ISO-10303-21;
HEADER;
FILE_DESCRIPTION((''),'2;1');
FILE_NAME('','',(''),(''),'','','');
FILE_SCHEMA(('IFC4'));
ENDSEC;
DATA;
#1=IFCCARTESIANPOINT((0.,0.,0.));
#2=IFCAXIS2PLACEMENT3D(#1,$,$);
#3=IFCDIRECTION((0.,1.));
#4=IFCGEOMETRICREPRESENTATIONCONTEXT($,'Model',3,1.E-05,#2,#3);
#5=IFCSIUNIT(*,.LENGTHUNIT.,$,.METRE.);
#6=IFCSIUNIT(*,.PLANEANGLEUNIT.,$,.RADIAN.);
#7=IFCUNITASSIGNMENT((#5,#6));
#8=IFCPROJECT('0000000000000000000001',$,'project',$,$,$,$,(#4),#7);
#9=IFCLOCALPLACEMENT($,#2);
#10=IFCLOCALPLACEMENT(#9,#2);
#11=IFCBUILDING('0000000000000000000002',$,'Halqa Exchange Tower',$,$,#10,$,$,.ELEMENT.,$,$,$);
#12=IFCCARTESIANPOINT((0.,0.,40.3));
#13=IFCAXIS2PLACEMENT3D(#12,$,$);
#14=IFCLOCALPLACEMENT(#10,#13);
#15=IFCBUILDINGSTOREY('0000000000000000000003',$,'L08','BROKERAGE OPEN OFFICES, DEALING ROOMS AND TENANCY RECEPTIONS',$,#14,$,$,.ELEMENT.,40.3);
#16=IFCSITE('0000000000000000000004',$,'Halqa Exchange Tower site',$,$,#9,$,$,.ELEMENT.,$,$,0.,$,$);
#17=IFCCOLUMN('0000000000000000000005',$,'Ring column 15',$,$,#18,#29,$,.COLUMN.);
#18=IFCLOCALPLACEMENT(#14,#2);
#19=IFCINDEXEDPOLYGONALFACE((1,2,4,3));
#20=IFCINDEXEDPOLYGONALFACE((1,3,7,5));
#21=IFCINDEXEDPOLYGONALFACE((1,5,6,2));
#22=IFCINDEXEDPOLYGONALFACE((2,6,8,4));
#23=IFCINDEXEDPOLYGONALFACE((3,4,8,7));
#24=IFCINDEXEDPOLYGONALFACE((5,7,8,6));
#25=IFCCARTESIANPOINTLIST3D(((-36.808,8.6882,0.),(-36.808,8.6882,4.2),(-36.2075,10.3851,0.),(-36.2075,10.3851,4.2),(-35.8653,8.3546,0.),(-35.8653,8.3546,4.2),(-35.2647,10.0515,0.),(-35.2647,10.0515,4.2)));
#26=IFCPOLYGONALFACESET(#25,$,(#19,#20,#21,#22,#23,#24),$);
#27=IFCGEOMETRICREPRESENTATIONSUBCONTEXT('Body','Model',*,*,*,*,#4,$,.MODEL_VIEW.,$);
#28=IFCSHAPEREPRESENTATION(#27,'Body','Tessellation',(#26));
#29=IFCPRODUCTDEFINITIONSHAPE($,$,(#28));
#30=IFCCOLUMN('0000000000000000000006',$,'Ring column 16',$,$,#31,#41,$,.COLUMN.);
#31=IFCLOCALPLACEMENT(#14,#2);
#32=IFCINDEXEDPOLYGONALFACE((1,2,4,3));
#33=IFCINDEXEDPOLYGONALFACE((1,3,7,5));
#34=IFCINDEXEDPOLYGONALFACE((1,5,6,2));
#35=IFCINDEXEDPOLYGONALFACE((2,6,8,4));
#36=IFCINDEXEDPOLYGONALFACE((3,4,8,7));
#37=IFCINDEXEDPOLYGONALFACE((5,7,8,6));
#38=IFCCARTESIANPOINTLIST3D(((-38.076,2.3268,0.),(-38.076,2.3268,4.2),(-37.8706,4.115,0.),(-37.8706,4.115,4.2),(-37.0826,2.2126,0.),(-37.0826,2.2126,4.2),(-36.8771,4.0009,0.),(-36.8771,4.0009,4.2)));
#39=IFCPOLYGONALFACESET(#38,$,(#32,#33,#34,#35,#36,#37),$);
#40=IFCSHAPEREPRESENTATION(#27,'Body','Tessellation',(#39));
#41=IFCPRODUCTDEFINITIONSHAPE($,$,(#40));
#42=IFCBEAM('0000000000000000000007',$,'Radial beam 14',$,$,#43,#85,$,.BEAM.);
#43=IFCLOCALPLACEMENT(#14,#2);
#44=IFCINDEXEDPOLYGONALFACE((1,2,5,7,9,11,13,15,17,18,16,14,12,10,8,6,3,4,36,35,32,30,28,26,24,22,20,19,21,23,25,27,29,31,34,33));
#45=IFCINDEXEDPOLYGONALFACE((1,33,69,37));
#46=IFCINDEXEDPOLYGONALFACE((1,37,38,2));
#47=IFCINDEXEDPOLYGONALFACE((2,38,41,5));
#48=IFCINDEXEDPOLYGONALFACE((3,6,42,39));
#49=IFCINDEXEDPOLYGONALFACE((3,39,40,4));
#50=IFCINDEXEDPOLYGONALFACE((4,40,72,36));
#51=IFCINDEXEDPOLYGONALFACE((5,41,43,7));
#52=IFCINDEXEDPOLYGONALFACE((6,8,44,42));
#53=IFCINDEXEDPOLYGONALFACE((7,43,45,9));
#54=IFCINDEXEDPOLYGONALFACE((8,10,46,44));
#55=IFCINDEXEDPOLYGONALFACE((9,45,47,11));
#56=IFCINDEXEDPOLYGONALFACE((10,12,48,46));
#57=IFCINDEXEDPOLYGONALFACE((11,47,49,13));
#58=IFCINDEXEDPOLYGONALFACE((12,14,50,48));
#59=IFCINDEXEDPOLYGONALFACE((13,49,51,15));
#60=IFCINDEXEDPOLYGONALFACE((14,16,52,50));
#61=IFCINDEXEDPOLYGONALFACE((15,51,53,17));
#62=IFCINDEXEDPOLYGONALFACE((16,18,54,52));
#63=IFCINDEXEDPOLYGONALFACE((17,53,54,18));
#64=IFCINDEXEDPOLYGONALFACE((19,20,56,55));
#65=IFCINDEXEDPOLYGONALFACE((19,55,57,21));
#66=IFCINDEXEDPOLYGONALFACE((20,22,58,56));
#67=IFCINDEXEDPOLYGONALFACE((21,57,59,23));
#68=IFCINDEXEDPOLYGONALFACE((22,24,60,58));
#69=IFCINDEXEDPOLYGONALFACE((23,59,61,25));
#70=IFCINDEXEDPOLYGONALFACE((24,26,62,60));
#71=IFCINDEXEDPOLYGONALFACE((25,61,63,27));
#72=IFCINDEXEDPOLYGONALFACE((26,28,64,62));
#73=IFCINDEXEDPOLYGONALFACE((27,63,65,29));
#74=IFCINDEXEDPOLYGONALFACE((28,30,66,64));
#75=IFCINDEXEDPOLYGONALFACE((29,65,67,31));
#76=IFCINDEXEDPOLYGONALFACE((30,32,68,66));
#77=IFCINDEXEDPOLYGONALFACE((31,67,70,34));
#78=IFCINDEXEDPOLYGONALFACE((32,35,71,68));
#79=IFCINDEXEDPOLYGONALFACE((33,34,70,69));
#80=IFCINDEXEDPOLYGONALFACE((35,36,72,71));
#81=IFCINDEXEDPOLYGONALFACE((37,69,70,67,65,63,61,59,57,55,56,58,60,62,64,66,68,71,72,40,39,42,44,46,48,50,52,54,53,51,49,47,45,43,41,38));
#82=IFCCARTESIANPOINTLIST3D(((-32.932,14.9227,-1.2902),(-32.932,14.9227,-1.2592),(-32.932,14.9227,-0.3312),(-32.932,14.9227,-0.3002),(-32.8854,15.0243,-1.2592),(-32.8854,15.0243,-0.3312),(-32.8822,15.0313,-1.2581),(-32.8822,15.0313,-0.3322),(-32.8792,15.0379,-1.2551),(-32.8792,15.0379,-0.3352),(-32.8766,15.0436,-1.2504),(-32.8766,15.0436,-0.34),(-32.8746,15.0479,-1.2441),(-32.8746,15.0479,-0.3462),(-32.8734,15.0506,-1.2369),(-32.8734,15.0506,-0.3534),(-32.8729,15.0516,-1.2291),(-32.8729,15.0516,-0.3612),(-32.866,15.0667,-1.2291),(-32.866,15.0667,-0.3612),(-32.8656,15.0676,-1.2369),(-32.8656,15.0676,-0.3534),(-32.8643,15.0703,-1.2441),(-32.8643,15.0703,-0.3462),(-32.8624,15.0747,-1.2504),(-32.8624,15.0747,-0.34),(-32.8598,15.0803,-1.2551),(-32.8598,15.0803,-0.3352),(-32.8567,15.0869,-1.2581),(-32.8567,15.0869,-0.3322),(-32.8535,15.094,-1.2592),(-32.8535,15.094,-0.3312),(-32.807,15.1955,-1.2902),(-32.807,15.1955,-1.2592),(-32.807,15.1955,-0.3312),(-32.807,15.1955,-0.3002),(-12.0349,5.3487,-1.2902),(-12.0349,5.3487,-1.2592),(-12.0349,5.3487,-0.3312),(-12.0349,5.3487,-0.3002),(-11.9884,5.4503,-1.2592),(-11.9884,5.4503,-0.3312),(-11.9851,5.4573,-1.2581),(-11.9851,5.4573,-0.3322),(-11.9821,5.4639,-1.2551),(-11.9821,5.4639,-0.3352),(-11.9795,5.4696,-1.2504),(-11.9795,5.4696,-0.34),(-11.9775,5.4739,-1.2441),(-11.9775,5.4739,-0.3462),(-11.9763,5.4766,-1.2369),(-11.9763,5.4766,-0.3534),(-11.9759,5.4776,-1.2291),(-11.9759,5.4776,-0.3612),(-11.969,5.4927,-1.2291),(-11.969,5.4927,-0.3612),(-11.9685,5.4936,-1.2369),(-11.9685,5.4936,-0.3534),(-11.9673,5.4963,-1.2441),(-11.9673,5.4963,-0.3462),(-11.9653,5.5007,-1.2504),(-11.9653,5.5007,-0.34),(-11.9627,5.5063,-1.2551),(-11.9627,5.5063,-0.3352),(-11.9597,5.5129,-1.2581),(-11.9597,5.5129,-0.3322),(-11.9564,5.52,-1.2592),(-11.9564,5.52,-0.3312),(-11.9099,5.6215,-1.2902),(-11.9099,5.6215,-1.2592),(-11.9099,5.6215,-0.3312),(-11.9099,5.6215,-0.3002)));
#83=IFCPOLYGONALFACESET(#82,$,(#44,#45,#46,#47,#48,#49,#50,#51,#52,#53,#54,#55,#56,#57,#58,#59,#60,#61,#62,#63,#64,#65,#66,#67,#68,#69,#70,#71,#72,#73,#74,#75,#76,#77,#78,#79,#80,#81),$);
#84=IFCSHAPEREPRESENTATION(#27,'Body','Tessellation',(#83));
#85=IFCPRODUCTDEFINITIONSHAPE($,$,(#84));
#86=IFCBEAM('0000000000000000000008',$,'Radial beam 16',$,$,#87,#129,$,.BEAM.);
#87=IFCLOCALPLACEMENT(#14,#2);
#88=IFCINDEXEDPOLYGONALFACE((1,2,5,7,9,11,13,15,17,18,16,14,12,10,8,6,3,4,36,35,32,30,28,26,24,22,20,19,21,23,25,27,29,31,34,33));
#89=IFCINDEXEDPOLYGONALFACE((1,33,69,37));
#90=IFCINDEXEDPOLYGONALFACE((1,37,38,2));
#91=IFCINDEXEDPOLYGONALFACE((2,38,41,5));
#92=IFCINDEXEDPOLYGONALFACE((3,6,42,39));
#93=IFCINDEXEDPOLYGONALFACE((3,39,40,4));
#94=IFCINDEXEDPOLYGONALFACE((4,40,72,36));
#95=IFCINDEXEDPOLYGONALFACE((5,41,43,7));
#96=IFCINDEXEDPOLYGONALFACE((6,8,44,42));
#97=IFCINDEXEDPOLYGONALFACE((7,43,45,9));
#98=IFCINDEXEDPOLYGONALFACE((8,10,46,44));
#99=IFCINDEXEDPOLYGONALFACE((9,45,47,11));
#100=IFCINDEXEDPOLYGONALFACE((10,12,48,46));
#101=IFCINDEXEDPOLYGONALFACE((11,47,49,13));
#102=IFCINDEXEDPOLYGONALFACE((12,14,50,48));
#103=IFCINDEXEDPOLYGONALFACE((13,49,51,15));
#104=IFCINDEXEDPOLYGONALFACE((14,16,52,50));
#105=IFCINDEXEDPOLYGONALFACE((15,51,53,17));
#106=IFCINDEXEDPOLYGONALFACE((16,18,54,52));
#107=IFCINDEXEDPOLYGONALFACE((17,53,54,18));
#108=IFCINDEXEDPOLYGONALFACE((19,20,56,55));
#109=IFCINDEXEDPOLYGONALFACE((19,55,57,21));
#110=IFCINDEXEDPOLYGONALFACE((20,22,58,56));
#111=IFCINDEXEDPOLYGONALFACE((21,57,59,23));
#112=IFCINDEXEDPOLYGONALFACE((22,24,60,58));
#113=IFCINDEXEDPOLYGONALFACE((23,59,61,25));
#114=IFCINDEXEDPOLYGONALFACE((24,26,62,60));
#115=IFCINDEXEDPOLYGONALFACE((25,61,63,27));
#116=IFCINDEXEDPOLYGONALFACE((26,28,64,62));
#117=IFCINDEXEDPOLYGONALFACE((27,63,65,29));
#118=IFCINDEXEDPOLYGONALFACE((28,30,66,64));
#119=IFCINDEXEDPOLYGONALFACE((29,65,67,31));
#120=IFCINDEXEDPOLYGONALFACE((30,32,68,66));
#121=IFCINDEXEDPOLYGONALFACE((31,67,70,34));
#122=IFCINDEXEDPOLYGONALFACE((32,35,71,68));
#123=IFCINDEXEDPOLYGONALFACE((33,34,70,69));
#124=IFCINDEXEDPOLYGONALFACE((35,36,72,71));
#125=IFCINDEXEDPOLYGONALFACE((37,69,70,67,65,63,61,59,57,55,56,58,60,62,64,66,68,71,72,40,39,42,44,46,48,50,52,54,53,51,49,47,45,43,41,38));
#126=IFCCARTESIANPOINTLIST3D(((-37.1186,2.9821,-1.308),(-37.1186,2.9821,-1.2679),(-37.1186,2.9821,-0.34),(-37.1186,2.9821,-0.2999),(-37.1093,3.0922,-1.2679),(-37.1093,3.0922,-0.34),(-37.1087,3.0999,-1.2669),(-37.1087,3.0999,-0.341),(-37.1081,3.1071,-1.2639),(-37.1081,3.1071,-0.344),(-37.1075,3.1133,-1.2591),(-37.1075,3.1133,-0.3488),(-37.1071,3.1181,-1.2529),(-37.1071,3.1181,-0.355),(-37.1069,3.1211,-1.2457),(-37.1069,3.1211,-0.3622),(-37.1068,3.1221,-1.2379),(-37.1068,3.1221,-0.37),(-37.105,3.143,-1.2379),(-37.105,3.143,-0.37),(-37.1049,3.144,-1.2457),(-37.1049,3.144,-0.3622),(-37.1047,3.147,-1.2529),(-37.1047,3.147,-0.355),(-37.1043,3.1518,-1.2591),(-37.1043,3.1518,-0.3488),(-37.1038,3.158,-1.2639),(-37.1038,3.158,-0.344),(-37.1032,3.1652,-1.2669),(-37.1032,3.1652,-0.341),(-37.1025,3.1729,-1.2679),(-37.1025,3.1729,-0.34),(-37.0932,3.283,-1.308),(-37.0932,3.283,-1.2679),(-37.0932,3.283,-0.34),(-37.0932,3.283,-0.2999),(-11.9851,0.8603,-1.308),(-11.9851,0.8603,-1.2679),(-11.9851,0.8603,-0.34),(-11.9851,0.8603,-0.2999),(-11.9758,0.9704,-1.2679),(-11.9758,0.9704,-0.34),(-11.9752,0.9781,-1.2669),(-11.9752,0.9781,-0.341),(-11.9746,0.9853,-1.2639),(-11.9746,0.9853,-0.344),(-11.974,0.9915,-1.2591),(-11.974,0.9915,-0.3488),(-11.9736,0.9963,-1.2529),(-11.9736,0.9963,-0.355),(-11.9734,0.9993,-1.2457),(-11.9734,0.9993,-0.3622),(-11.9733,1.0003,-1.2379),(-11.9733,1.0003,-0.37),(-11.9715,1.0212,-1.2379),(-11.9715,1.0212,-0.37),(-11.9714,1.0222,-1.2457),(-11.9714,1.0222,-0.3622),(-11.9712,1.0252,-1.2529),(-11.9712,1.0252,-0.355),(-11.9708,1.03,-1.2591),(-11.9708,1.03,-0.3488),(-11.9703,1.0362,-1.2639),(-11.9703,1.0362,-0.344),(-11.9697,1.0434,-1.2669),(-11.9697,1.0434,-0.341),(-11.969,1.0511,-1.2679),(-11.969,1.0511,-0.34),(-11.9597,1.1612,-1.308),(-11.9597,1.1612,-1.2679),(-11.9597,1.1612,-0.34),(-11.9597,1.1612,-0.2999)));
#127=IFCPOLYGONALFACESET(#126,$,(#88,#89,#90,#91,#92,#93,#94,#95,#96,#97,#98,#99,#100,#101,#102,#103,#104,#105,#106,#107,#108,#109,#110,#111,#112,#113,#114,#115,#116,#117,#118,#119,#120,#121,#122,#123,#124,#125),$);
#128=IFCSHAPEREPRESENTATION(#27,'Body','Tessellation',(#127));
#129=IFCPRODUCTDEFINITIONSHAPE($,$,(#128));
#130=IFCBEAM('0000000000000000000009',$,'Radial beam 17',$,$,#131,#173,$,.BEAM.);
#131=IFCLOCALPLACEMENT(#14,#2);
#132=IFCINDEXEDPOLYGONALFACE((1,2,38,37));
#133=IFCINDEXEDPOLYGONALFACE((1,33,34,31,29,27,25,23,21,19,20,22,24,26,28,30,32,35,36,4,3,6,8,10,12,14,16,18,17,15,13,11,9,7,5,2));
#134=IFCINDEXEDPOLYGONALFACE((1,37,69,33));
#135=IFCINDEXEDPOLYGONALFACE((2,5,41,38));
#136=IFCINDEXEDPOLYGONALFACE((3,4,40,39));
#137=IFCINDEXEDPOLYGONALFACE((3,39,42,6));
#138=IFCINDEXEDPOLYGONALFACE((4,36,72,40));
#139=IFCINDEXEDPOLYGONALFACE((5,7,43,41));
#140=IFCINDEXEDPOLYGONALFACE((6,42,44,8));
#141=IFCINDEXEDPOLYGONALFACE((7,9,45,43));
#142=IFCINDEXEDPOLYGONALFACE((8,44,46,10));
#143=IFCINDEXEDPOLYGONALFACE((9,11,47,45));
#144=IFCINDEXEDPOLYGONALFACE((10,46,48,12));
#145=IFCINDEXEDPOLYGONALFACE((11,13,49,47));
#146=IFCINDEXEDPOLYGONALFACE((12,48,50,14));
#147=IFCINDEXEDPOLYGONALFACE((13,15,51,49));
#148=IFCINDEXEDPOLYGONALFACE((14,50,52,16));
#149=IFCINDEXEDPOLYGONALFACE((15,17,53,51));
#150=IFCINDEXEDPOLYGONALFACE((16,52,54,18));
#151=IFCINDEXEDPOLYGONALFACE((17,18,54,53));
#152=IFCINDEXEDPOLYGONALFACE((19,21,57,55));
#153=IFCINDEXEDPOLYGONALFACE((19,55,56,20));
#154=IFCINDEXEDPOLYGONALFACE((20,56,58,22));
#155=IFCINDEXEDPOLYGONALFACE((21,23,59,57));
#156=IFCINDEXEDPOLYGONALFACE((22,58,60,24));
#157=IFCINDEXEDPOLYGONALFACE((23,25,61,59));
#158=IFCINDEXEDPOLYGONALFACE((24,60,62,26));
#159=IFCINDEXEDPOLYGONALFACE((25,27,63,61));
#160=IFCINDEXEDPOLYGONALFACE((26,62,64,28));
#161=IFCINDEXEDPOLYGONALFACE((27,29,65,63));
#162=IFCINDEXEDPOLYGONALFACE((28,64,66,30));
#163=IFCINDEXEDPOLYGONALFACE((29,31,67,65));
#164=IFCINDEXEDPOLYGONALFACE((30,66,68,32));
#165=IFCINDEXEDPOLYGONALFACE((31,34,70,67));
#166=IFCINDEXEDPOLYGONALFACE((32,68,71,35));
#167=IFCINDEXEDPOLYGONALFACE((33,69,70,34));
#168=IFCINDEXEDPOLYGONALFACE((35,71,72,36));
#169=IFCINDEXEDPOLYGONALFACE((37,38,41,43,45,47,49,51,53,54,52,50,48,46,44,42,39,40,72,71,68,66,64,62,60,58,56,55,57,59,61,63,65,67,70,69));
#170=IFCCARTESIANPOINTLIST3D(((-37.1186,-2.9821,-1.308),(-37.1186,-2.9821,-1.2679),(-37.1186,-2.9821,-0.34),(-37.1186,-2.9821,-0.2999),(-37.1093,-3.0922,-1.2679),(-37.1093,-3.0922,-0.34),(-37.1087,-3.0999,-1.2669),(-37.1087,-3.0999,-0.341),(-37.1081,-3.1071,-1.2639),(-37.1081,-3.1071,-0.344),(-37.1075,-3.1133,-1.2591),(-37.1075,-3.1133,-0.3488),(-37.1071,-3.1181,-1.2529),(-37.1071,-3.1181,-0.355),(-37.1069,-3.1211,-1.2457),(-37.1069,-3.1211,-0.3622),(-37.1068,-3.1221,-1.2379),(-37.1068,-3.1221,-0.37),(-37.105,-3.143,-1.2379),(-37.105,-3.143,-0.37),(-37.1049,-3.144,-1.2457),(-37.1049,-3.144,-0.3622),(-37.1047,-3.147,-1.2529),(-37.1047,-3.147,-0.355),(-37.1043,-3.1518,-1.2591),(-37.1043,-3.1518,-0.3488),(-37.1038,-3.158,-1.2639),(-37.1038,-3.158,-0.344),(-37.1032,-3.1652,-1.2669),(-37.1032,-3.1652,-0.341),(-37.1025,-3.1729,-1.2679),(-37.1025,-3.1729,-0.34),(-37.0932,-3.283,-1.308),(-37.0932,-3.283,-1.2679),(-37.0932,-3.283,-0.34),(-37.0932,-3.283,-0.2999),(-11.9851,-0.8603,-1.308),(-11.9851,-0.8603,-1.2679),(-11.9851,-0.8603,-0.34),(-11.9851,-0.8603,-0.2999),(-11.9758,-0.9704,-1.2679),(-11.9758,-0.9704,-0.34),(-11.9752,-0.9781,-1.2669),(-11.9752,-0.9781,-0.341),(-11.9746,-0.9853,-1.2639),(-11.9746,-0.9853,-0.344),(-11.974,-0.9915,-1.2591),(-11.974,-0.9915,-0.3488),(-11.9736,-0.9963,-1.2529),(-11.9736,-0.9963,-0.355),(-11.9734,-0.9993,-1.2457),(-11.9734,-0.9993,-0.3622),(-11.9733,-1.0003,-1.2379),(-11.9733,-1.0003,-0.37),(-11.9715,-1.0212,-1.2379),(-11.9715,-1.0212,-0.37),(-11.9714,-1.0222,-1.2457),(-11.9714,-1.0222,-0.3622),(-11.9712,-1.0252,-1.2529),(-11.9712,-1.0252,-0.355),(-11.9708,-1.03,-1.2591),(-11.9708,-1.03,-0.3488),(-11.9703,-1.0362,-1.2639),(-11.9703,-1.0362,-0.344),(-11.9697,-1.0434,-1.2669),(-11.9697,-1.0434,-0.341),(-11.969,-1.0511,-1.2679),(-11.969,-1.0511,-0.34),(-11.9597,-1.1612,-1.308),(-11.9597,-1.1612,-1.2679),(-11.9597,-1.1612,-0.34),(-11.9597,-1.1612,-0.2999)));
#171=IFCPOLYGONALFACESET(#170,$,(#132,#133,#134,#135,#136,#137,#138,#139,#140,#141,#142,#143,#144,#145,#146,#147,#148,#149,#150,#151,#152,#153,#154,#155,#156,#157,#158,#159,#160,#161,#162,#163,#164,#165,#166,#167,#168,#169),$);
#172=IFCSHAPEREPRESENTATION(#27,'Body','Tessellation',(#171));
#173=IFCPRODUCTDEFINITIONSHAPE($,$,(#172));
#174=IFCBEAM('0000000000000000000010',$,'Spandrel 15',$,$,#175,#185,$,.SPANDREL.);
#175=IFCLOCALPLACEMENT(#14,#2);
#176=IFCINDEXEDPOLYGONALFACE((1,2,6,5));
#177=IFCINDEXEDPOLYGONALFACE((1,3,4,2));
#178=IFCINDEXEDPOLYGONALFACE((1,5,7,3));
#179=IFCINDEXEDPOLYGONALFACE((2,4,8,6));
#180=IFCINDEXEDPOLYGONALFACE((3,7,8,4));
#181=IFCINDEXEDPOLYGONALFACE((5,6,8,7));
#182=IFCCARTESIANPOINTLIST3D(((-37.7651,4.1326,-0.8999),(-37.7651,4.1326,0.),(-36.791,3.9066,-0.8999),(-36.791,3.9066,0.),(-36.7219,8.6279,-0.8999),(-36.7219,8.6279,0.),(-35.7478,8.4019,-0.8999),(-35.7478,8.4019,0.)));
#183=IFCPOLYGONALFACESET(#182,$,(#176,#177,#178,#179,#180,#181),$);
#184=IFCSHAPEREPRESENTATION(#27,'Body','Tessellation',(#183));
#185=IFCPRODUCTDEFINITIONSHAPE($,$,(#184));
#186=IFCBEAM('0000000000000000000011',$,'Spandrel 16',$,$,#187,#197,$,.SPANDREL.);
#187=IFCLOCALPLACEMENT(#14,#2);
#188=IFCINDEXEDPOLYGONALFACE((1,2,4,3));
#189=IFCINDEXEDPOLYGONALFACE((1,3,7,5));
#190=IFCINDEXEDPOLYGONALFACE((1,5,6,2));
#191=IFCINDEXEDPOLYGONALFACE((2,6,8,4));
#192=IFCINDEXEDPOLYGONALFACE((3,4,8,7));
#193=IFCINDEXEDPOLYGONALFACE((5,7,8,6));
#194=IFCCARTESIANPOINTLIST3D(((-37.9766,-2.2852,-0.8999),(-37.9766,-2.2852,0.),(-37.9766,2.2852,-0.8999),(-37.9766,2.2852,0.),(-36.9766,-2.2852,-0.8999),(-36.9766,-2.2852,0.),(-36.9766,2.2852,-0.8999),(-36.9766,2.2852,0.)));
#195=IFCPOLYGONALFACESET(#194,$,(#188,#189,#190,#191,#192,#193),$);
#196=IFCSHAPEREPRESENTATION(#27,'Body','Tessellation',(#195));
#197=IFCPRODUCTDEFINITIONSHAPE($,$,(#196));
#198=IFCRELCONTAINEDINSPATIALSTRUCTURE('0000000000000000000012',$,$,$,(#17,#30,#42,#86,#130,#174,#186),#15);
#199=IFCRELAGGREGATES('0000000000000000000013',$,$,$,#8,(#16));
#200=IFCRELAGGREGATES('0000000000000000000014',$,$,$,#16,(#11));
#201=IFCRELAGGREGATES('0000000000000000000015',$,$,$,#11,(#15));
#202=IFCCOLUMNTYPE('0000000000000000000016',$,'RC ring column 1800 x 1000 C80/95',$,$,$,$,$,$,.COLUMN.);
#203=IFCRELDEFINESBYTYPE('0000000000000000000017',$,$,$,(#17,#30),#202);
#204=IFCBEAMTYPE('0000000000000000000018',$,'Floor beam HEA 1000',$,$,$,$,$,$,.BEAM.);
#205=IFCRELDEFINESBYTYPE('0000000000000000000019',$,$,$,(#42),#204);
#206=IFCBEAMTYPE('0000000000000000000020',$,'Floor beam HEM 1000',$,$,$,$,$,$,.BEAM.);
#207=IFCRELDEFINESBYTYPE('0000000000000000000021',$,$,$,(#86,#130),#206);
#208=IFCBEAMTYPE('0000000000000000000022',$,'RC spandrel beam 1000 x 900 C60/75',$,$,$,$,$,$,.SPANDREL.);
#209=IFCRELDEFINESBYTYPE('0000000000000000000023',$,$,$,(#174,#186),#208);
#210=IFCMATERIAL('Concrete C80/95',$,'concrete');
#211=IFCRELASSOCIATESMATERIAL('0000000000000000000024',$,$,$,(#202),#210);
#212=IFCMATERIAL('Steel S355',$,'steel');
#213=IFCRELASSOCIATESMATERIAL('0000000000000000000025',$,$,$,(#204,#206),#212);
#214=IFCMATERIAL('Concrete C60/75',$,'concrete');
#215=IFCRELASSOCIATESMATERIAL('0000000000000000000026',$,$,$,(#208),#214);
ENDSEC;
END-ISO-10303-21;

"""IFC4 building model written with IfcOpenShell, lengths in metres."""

from ifc_helpers import new_model, si_unit, direction, frame, origin, origin_2d, place, context, subcontext, project, spatial, rectangle, i_section, extrude, material, material_profile, profile_set, type_object, element, save


model = new_model("IFC4")

# Units and contexts
model_context = context("Model", 3, precision=1e-05, world=origin(), true_north=direction((0.0, 1.0)))
body_context = subcontext(model_context, "Body", "Model", "MODEL_VIEW")
ifc_project = project(units=[si_unit("LENGTHUNIT", "METRE"), si_unit("PLANEANGLEUNIT", "RADIAN")], contexts=[model_context])

# Site, building, storey
site_placement = place(None, origin())
site = spatial("IfcSite", under=ifc_project, at=site_placement, Name="Halqa Exchange Tower site", CompositionType="ELEMENT", RefElevation=0.0)
building_placement = place(site_placement, origin())
building = spatial("IfcBuilding", under=site, at=building_placement, Name="Halqa Exchange Tower", CompositionType="ELEMENT")
storey_placement = place(building_placement, frame((0.0, 0.0, 40.3)))
storey = spatial("IfcBuildingStorey", under=building, at=storey_placement, Name="L08", Description="BROKERAGE OPEN OFFICES, DEALING ROOMS AND TENANCY RECEPTIONS", CompositionType="ELEMENT", Elevation=40.3)

# Columns
ifc_material_1 = material(Name="Concrete C80/95", Category="concrete")
ifc_material_profile_1 = material_profile(ifc_material_1, rectangle(XDim=1.8, YDim=1.0, at=origin_2d()), Name="1800 x 1000")
ifc_profile_set_1 = profile_set([ifc_material_profile_1], Name="Concrete C80/95")
column_type = type_object("IfcColumnType", Name="RC ring column 1800 x 1000 C80/95", PredefinedType="COLUMN", material=ifc_profile_set_1)
for number, where, z_axis, x_axis, name in (
    (1, (-36.0364, 9.3699, 0.0), (0.0, 0.0, 1.0), (-0.333631, -0.942704, 0.0), "Ring column 15"),
    (2, (-37.4766, 3.1638, 0.0), (0.0, 0.0, 1.0), (-0.114155, -0.993463, 0.0), "Ring column 16"),
):
    element("IfcColumn", number, at=place(storey_placement, frame(where, z_axis=z_axis, x_axis=x_axis)), inside=storey, type_object=column_type, Name=name, PredefinedType="COLUMN", context=body_context, shape_type="SweptSolid", body=[
        extrude(rectangle(XDim=1.8, YDim=1.0, at=origin_2d()), origin(), (0.0, 0.0, 1.0), 4.2),
    ])

# Beams
ifc_material_2 = material(Name="Steel S355", Category="steel")
ifc_material_profile_2 = material_profile(ifc_material_2, i_section(OverallWidth=0.3, OverallDepth=0.99, WebThickness=0.0166, FlangeThickness=0.031, FilletRadius=0.03, at=origin_2d()), Name="HEA 1000")
ifc_profile_set_2 = profile_set([ifc_material_profile_2], Name="Steel S355")
beam_type_1 = type_object("IfcBeamType", Name="Floor beam HEA 1000", PredefinedType="BEAM", material=ifc_profile_set_2)
beam_1_placement = place(storey_placement, frame((-11.9724, 5.4851, -0.7952), z_axis=(-0.909128, 0.416518, 0.0), x_axis=(-0.416518, -0.909128, 0.0)))
element("IfcBeam", 3, at=beam_1_placement, inside=storey, type_object=beam_type_1, Name="Radial beam 14", PredefinedType="BEAM", context=body_context, shape_type="SweptSolid", body=[
    extrude(i_section(OverallWidth=0.3, OverallDepth=0.99, WebThickness=0.0166, FlangeThickness=0.031, FilletRadius=0.03, at=origin_2d()), origin(), (0.0, 0.0, 1.0), 22.9858),
])
ifc_material_profile_3 = material_profile(ifc_material_2, i_section(OverallWidth=0.302, OverallDepth=1.0081, WebThickness=0.021, FlangeThickness=0.04, FilletRadius=0.03, at=origin_2d()), Name="HEM 1000")
ifc_profile_set_3 = profile_set([ifc_material_profile_3], Name="Steel S355")
beam_type_2 = type_object("IfcBeamType", Name="Floor beam HEM 1000", PredefinedType="BEAM", material=ifc_profile_set_3)
for number, where, z_axis, x_axis, name in (
    (4, (-11.9724, 1.0107, -0.804), (-0.996455, 0.084123, 0.0), (-0.084123, -0.996455, 0.0), "Radial beam 16"),
    (5, (-11.9724, -1.0107, -0.804), (-0.996455, -0.084123, 0.0), (0.084123, -0.996455, 0.0), "Radial beam 17"),
):
    element("IfcBeam", number, at=place(storey_placement, frame(where, z_axis=z_axis, x_axis=x_axis)), inside=storey, type_object=beam_type_2, Name=name, PredefinedType="BEAM", context=body_context, shape_type="SweptSolid", body=[
        extrude(i_section(OverallWidth=0.302, OverallDepth=1.0081, WebThickness=0.021, FlangeThickness=0.04, FilletRadius=0.03, at=origin_2d()), origin(), (0.0, 0.0, 1.0), 25.2229),
    ])
ifc_material_3 = material(Name="Concrete C60/75", Category="concrete")
ifc_material_profile_4 = material_profile(ifc_material_3, rectangle(XDim=1.0, YDim=0.8999, at=origin_2d()), Name="1000 x 900")
ifc_profile_set_4 = profile_set([ifc_material_profile_4], Name="Concrete C60/75")
beam_type_3 = type_object("IfcBeamType", Name="RC spandrel beam 1000 x 900 C60/75", PredefinedType="SPANDREL", material=ifc_profile_set_4)
beam_2_placement = place(storey_placement, frame((-36.2349, 8.5149, -0.45), z_axis=(-0.226057, -0.974114, 0.0), x_axis=(0.974114, -0.226057, 0.0)))
element("IfcBeam", 6, at=beam_2_placement, inside=storey, type_object=beam_type_3, Name="Spandrel 15", PredefinedType="SPANDREL", context=body_context, shape_type="SweptSolid", body=[
    extrude(rectangle(XDim=1.0, YDim=0.8999, at=origin_2d()), origin(), (0.0, 0.0, 1.0), 4.6147),
])
beam_3_placement = place(storey_placement, frame((-37.4766, 2.2852, -0.45), z_axis=(0.0, -1.0, 0.0), x_axis=(1.0, 0.0, 0.0)))
element("IfcBeam", 7, at=beam_3_placement, inside=storey, type_object=beam_type_3, Name="Spandrel 16", PredefinedType="SPANDREL", context=body_context, shape_type="SweptSolid", body=[
    extrude(rectangle(XDim=1.0, YDim=0.8999, at=origin_2d()), origin(), (0.0, 0.0, 1.0), 4.5703),
])

save(model, "model.ifc")
